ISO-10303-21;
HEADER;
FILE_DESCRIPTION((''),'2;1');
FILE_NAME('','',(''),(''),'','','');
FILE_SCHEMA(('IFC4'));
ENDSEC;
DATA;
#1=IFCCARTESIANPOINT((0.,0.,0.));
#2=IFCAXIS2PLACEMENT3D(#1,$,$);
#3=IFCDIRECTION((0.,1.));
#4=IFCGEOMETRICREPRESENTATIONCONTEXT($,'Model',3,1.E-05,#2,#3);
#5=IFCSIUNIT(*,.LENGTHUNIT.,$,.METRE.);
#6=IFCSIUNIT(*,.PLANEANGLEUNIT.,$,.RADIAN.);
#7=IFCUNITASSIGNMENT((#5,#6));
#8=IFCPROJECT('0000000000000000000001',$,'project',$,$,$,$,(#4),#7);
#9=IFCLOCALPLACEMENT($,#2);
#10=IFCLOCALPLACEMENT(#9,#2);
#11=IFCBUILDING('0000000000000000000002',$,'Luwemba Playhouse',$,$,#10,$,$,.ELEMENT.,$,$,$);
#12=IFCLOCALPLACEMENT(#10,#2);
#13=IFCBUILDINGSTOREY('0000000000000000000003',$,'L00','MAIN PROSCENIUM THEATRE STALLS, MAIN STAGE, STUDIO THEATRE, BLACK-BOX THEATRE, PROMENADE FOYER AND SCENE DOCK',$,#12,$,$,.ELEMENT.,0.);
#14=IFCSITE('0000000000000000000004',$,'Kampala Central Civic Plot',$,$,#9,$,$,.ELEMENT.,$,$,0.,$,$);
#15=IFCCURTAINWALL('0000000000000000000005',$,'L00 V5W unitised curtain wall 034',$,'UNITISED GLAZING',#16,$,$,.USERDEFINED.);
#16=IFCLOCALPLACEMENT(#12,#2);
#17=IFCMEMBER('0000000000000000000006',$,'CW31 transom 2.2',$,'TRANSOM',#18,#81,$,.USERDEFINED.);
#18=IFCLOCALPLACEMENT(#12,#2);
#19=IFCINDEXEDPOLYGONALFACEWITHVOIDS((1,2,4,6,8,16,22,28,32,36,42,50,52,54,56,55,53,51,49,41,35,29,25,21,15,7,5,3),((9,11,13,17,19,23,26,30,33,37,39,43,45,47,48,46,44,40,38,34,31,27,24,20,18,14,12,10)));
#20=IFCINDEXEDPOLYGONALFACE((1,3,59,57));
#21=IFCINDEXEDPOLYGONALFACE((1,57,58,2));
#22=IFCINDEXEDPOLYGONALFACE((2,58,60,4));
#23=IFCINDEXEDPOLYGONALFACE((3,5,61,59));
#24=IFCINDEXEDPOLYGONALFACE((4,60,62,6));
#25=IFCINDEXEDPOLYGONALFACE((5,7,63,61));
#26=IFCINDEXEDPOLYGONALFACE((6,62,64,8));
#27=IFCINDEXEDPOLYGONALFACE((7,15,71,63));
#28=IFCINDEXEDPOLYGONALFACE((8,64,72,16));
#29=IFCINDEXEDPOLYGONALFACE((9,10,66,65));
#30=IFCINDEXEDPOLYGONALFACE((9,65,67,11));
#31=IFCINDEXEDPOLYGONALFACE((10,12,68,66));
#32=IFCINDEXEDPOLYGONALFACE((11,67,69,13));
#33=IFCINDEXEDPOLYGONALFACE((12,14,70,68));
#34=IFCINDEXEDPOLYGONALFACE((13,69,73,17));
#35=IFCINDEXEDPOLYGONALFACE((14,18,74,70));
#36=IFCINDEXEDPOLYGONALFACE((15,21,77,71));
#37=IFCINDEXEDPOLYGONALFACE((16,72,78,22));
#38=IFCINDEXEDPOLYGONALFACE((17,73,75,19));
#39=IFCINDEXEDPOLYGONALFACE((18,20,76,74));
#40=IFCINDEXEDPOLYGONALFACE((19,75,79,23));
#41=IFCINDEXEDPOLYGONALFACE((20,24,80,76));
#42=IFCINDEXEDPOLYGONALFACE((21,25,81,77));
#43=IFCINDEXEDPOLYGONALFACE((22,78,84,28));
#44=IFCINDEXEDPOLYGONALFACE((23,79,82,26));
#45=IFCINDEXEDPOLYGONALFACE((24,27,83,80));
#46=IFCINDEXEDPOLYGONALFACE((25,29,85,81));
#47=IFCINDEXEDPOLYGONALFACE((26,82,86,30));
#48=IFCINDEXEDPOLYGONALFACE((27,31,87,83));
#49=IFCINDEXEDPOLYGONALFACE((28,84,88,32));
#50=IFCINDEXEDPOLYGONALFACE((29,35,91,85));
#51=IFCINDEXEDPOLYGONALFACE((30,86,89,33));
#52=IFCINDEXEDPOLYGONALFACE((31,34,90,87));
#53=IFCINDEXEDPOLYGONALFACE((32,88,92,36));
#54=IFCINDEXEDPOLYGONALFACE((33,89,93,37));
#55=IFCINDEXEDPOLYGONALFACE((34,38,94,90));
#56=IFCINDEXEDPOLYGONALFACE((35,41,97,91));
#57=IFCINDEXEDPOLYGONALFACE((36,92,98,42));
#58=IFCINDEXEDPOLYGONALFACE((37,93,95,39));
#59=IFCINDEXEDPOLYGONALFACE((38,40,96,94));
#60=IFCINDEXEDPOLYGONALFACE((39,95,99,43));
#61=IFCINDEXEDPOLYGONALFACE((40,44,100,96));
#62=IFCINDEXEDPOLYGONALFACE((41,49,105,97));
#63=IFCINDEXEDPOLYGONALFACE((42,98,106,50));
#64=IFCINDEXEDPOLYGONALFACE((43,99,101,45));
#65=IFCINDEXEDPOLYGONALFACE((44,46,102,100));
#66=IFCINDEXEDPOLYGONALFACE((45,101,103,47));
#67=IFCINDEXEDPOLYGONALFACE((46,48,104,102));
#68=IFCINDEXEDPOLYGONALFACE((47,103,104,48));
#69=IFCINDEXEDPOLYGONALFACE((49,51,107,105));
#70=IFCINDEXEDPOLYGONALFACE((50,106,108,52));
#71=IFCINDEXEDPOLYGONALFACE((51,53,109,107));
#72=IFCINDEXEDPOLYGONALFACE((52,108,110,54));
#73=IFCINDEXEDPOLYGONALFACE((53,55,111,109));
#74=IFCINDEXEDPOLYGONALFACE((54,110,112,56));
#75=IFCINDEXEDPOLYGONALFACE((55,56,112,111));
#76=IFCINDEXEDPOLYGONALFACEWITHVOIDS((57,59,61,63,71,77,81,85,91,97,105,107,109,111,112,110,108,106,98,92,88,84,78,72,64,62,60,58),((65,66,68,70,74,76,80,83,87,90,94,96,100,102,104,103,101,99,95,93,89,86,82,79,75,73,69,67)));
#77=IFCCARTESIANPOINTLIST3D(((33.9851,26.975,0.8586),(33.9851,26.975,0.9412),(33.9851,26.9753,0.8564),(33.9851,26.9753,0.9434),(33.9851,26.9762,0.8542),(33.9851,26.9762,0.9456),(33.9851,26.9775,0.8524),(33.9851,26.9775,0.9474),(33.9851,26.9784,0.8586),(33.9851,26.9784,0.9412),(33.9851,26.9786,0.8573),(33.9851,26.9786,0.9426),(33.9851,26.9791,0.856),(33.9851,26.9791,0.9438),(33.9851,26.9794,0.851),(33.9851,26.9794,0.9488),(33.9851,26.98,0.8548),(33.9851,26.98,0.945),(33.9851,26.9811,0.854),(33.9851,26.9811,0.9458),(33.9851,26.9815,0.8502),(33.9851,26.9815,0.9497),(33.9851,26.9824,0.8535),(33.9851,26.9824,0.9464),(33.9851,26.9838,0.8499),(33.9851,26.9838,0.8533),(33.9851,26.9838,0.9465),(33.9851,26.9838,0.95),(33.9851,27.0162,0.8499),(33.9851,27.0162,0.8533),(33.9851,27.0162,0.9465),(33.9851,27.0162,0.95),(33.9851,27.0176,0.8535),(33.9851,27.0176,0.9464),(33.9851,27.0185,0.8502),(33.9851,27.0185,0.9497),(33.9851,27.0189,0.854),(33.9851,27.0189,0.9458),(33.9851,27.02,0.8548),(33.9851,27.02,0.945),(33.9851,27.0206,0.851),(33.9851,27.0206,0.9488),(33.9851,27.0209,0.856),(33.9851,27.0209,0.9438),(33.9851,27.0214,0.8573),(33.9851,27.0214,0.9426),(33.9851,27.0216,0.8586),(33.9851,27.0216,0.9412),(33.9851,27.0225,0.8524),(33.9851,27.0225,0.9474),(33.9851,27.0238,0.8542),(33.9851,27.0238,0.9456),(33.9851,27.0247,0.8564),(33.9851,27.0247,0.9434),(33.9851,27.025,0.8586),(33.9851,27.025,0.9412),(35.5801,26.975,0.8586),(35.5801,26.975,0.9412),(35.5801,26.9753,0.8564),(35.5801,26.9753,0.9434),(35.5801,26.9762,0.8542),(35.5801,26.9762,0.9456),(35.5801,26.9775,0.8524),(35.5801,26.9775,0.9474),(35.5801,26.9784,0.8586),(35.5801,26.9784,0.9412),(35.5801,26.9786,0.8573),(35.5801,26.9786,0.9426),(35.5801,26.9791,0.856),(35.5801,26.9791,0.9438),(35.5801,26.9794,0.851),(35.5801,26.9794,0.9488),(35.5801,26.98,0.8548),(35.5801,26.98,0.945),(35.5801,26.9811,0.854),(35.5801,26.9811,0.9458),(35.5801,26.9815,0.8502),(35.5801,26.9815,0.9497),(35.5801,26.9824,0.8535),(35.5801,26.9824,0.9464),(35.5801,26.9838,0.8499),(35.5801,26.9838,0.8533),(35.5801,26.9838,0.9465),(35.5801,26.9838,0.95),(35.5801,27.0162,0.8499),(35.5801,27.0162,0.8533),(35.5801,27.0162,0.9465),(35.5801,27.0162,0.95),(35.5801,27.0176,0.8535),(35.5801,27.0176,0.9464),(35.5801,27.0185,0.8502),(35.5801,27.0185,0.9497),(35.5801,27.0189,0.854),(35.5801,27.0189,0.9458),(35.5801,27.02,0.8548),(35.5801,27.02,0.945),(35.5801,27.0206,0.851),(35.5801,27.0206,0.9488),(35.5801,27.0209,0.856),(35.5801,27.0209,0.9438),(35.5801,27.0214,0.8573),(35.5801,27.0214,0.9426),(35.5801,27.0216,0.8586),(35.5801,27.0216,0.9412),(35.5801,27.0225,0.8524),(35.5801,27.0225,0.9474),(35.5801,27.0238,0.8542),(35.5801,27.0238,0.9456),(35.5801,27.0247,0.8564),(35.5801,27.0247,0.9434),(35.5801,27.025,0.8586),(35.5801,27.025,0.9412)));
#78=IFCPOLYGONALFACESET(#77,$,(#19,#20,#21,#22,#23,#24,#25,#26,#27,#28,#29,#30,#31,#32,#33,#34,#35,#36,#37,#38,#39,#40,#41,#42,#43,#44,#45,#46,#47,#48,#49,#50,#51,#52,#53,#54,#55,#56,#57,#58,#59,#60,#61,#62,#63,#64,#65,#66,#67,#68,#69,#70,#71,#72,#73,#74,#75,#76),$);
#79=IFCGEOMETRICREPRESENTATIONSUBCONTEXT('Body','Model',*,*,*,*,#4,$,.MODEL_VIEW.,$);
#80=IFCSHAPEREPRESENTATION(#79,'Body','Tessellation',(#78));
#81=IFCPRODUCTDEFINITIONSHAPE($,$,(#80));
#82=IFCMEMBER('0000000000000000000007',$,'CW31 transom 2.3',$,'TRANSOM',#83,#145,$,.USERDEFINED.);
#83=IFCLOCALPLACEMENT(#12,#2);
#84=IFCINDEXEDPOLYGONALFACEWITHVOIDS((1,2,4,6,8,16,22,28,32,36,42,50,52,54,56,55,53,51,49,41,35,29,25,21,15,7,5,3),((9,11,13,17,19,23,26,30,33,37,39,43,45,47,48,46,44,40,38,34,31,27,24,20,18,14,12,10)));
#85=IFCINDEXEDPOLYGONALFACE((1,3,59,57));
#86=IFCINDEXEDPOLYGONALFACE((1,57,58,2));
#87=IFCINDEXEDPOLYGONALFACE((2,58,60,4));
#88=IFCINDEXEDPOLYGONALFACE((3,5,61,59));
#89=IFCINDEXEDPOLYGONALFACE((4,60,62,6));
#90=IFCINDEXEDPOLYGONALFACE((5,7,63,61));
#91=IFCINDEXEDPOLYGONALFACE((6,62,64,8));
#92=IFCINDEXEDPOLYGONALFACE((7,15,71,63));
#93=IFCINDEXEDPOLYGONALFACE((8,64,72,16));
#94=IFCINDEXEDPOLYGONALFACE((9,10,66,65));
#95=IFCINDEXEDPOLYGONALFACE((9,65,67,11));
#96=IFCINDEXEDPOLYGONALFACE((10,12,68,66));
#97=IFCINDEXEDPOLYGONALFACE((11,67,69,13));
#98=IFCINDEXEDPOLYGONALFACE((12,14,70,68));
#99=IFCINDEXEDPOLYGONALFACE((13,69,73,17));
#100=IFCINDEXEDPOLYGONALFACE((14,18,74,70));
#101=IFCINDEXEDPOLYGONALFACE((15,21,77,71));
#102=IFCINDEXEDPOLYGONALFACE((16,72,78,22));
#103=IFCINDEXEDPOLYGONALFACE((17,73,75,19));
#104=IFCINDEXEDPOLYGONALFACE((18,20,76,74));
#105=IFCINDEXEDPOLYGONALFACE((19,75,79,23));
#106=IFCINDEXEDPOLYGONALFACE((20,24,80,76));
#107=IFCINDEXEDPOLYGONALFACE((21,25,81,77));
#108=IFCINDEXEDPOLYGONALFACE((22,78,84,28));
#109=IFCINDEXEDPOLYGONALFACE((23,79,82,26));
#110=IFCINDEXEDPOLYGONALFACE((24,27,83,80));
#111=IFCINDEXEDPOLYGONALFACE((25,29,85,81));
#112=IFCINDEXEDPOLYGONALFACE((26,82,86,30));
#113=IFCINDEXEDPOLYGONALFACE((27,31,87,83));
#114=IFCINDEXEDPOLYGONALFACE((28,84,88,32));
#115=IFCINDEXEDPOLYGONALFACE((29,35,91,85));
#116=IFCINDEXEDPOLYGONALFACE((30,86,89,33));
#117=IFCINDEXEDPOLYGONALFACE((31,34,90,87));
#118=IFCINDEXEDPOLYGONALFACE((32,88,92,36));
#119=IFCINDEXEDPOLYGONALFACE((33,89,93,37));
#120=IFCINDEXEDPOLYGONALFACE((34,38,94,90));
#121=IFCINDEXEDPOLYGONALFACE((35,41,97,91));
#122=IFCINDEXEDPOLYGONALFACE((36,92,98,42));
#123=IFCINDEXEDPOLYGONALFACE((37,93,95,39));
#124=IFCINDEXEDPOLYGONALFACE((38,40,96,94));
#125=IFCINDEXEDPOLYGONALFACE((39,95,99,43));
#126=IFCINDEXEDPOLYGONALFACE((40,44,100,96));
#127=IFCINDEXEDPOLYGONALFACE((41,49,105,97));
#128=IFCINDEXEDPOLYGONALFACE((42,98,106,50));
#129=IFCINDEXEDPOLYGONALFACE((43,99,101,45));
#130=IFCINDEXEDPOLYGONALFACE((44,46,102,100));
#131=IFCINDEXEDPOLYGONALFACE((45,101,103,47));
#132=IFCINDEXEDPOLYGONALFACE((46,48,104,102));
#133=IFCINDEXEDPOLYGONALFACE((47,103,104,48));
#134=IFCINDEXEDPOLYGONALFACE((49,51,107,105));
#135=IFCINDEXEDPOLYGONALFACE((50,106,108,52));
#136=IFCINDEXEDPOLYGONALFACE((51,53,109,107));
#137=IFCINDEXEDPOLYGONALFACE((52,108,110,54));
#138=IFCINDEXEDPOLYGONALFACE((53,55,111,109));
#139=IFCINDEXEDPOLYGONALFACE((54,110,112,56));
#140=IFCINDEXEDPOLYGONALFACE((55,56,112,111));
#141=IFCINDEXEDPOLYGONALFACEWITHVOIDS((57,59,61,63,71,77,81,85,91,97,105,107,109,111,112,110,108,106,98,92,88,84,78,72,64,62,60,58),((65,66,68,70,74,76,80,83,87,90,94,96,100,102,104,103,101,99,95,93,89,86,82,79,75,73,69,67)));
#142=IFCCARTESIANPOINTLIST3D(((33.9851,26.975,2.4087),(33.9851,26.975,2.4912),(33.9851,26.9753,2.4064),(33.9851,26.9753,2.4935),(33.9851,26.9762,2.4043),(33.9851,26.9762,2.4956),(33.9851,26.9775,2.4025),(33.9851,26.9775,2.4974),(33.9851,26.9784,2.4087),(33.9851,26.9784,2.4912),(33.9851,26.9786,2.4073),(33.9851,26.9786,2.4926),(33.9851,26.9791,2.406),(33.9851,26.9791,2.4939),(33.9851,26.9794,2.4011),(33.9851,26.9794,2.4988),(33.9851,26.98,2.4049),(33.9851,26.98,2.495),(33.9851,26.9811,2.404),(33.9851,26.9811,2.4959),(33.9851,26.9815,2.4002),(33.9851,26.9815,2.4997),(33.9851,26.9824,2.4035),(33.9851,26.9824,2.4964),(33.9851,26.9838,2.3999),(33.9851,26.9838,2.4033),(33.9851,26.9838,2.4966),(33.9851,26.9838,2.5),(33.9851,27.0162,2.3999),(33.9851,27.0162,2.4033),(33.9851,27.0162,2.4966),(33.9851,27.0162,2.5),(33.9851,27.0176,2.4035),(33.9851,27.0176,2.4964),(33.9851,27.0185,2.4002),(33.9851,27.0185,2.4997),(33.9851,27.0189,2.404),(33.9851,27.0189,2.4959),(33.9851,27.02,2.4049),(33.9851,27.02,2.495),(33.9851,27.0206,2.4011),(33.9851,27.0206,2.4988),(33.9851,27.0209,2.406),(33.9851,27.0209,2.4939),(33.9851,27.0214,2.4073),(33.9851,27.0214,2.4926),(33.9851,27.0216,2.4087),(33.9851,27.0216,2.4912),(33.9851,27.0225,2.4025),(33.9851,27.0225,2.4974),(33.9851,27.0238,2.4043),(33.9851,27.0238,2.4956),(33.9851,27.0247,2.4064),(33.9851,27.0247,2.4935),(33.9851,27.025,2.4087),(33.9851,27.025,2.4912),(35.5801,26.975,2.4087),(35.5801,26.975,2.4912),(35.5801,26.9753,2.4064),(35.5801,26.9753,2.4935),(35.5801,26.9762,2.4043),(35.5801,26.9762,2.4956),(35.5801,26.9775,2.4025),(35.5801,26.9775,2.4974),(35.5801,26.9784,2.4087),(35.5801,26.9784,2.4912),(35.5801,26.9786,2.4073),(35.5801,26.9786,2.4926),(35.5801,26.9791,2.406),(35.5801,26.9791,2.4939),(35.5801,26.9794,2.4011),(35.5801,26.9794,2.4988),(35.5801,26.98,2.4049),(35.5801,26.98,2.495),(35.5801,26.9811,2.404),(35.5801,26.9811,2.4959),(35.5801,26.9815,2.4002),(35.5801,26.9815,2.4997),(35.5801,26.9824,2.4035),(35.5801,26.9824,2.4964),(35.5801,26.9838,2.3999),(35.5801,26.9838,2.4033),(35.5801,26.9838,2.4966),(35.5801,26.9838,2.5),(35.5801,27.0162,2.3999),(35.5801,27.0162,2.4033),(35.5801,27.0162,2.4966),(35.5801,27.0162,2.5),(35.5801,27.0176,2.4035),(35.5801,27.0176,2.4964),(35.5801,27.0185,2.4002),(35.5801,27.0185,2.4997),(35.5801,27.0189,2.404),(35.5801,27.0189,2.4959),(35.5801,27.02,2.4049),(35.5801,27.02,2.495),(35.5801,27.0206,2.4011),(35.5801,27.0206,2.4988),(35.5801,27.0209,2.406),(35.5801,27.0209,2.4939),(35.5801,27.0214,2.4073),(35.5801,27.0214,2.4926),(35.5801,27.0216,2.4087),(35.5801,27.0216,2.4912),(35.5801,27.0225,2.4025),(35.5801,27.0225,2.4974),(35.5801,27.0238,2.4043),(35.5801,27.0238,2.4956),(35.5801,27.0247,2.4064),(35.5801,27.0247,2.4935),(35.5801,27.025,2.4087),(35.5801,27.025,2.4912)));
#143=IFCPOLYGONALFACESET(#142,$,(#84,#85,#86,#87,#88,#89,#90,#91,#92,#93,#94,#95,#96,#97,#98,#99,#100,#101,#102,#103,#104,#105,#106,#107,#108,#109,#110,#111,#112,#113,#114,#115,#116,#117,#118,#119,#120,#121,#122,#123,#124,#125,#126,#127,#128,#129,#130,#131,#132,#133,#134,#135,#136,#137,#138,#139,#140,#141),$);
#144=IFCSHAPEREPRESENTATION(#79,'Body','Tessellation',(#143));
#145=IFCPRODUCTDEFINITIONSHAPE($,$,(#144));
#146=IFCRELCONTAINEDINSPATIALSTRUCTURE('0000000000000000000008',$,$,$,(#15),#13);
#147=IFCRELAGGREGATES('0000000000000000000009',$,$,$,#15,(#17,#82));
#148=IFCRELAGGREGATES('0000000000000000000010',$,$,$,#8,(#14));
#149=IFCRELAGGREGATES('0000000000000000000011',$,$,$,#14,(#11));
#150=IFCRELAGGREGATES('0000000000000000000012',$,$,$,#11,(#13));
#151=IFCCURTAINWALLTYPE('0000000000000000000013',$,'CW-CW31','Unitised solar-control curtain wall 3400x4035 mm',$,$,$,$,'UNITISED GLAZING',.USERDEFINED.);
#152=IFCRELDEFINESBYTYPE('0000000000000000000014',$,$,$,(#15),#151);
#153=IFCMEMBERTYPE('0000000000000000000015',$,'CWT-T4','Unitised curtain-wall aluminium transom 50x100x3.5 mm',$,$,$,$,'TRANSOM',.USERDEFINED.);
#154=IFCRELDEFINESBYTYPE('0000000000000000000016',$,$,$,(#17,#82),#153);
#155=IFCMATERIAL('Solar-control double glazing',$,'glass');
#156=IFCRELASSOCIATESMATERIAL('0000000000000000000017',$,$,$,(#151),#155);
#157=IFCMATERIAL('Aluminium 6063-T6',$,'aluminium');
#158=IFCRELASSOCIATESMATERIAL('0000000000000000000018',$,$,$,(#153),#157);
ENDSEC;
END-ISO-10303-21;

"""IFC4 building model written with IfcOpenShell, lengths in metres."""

from ifc_helpers import new_model, si_unit, direction, frame, origin, origin_2d, place, context, subcontext, project, spatial, hollow_rectangle, extrude, material, material_profile, profile_set, type_object, element, aggregate, save


model = new_model("IFC4")

# Units and contexts
model_context = context("Model", 3, precision=1e-05, world=origin(), true_north=direction((0.0, 1.0)))
body_context = subcontext(model_context, "Body", "Model", "MODEL_VIEW")
ifc_project = project(units=[si_unit("LENGTHUNIT", "METRE"), si_unit("PLANEANGLEUNIT", "RADIAN")], contexts=[model_context])

# Site, building, storey
site_placement = place(None, origin())
site = spatial("IfcSite", under=ifc_project, at=site_placement, Name="Kampala Central Civic Plot", CompositionType="ELEMENT", RefElevation=0.0)
building_placement = place(site_placement, origin())
building = spatial("IfcBuilding", under=site, at=building_placement, Name="Luwemba Playhouse", CompositionType="ELEMENT")
storey_placement = place(building_placement, origin())
storey = spatial("IfcBuildingStorey", under=building, at=storey_placement, Name="L00", Description="MAIN PROSCENIUM THEATRE STALLS, MAIN STAGE, STUDIO THEATRE, BLACK-BOX THEATRE, PROMENADE FOYER AND SCENE DOCK", CompositionType="ELEMENT", Elevation=0.0)

# Curtain wall, members
ifc_material_1 = material(Name="Solar-control double glazing", Category="glass")
curtain_wall_type = type_object("IfcCurtainWallType", Name="CW-CW31", Description="Unitised solar-control curtain wall 3400x4035 mm", ElementType="UNITISED GLAZING", PredefinedType="USERDEFINED", material=ifc_material_1)
curtain_wall_placement = place(storey_placement, origin())
curtain_wall = element("IfcCurtainWall", 1, at=curtain_wall_placement, inside=storey, type_object=curtain_wall_type, Name="L00 V5W unitised curtain wall 034", ObjectType="UNITISED GLAZING", PredefinedType="USERDEFINED")
ifc_material_2 = material(Name="Aluminium 6063-T6", Category="aluminium")
ifc_material_profile_1 = material_profile(ifc_material_2, hollow_rectangle(XDim=0.05, YDim=0.1001, WallThickness=0.0034, InnerFilletRadius=0.0054, OuterFilletRadius=0.0088, at=origin_2d()))
ifc_profile_set_1 = profile_set([ifc_material_profile_1], Name="Aluminium 6063-T6")
member_type_1 = type_object("IfcMemberType", Name="CWT-T4", Description="Unitised curtain-wall aluminium transom 50x100x3.5 mm", ElementType="TRANSOM", PredefinedType="USERDEFINED", material=ifc_profile_set_1)
member_1_placement = place(storey_placement, frame((33.9851, 27.0, 0.8999), z_axis=(1.0, 0.0, 0.0), x_axis=(0.0, 1.0, 0.0)))
member_1 = element("IfcMember", 2, at=member_1_placement, type_object=member_type_1, Name="CW31 transom 2.2", ObjectType="TRANSOM", PredefinedType="USERDEFINED", context=body_context, shape_type="SweptSolid", body=[
    extrude(hollow_rectangle(XDim=0.05, YDim=0.1001, WallThickness=0.0034, InnerFilletRadius=0.0054, OuterFilletRadius=0.0088, at=origin_2d()), origin(), (0.0, 0.0, 1.0), 1.595),
])
member_2_placement = place(storey_placement, frame((33.9851, 27.0, 2.45), z_axis=(1.0, 0.0, 0.0), x_axis=(0.0, 1.0, 0.0)))
member_2 = element("IfcMember", 3, at=member_2_placement, type_object=member_type_1, Name="CW31 transom 2.3", ObjectType="TRANSOM", PredefinedType="USERDEFINED", context=body_context, shape_type="SweptSolid", body=[
    extrude(hollow_rectangle(XDim=0.05, YDim=0.1001, WallThickness=0.0034, InnerFilletRadius=0.0054, OuterFilletRadius=0.0088, at=origin_2d()), origin(), (0.0, 0.0, 1.0), 1.595),
])
aggregate(curtain_wall, [member_1, member_2])

save(model, "model.ifc")
